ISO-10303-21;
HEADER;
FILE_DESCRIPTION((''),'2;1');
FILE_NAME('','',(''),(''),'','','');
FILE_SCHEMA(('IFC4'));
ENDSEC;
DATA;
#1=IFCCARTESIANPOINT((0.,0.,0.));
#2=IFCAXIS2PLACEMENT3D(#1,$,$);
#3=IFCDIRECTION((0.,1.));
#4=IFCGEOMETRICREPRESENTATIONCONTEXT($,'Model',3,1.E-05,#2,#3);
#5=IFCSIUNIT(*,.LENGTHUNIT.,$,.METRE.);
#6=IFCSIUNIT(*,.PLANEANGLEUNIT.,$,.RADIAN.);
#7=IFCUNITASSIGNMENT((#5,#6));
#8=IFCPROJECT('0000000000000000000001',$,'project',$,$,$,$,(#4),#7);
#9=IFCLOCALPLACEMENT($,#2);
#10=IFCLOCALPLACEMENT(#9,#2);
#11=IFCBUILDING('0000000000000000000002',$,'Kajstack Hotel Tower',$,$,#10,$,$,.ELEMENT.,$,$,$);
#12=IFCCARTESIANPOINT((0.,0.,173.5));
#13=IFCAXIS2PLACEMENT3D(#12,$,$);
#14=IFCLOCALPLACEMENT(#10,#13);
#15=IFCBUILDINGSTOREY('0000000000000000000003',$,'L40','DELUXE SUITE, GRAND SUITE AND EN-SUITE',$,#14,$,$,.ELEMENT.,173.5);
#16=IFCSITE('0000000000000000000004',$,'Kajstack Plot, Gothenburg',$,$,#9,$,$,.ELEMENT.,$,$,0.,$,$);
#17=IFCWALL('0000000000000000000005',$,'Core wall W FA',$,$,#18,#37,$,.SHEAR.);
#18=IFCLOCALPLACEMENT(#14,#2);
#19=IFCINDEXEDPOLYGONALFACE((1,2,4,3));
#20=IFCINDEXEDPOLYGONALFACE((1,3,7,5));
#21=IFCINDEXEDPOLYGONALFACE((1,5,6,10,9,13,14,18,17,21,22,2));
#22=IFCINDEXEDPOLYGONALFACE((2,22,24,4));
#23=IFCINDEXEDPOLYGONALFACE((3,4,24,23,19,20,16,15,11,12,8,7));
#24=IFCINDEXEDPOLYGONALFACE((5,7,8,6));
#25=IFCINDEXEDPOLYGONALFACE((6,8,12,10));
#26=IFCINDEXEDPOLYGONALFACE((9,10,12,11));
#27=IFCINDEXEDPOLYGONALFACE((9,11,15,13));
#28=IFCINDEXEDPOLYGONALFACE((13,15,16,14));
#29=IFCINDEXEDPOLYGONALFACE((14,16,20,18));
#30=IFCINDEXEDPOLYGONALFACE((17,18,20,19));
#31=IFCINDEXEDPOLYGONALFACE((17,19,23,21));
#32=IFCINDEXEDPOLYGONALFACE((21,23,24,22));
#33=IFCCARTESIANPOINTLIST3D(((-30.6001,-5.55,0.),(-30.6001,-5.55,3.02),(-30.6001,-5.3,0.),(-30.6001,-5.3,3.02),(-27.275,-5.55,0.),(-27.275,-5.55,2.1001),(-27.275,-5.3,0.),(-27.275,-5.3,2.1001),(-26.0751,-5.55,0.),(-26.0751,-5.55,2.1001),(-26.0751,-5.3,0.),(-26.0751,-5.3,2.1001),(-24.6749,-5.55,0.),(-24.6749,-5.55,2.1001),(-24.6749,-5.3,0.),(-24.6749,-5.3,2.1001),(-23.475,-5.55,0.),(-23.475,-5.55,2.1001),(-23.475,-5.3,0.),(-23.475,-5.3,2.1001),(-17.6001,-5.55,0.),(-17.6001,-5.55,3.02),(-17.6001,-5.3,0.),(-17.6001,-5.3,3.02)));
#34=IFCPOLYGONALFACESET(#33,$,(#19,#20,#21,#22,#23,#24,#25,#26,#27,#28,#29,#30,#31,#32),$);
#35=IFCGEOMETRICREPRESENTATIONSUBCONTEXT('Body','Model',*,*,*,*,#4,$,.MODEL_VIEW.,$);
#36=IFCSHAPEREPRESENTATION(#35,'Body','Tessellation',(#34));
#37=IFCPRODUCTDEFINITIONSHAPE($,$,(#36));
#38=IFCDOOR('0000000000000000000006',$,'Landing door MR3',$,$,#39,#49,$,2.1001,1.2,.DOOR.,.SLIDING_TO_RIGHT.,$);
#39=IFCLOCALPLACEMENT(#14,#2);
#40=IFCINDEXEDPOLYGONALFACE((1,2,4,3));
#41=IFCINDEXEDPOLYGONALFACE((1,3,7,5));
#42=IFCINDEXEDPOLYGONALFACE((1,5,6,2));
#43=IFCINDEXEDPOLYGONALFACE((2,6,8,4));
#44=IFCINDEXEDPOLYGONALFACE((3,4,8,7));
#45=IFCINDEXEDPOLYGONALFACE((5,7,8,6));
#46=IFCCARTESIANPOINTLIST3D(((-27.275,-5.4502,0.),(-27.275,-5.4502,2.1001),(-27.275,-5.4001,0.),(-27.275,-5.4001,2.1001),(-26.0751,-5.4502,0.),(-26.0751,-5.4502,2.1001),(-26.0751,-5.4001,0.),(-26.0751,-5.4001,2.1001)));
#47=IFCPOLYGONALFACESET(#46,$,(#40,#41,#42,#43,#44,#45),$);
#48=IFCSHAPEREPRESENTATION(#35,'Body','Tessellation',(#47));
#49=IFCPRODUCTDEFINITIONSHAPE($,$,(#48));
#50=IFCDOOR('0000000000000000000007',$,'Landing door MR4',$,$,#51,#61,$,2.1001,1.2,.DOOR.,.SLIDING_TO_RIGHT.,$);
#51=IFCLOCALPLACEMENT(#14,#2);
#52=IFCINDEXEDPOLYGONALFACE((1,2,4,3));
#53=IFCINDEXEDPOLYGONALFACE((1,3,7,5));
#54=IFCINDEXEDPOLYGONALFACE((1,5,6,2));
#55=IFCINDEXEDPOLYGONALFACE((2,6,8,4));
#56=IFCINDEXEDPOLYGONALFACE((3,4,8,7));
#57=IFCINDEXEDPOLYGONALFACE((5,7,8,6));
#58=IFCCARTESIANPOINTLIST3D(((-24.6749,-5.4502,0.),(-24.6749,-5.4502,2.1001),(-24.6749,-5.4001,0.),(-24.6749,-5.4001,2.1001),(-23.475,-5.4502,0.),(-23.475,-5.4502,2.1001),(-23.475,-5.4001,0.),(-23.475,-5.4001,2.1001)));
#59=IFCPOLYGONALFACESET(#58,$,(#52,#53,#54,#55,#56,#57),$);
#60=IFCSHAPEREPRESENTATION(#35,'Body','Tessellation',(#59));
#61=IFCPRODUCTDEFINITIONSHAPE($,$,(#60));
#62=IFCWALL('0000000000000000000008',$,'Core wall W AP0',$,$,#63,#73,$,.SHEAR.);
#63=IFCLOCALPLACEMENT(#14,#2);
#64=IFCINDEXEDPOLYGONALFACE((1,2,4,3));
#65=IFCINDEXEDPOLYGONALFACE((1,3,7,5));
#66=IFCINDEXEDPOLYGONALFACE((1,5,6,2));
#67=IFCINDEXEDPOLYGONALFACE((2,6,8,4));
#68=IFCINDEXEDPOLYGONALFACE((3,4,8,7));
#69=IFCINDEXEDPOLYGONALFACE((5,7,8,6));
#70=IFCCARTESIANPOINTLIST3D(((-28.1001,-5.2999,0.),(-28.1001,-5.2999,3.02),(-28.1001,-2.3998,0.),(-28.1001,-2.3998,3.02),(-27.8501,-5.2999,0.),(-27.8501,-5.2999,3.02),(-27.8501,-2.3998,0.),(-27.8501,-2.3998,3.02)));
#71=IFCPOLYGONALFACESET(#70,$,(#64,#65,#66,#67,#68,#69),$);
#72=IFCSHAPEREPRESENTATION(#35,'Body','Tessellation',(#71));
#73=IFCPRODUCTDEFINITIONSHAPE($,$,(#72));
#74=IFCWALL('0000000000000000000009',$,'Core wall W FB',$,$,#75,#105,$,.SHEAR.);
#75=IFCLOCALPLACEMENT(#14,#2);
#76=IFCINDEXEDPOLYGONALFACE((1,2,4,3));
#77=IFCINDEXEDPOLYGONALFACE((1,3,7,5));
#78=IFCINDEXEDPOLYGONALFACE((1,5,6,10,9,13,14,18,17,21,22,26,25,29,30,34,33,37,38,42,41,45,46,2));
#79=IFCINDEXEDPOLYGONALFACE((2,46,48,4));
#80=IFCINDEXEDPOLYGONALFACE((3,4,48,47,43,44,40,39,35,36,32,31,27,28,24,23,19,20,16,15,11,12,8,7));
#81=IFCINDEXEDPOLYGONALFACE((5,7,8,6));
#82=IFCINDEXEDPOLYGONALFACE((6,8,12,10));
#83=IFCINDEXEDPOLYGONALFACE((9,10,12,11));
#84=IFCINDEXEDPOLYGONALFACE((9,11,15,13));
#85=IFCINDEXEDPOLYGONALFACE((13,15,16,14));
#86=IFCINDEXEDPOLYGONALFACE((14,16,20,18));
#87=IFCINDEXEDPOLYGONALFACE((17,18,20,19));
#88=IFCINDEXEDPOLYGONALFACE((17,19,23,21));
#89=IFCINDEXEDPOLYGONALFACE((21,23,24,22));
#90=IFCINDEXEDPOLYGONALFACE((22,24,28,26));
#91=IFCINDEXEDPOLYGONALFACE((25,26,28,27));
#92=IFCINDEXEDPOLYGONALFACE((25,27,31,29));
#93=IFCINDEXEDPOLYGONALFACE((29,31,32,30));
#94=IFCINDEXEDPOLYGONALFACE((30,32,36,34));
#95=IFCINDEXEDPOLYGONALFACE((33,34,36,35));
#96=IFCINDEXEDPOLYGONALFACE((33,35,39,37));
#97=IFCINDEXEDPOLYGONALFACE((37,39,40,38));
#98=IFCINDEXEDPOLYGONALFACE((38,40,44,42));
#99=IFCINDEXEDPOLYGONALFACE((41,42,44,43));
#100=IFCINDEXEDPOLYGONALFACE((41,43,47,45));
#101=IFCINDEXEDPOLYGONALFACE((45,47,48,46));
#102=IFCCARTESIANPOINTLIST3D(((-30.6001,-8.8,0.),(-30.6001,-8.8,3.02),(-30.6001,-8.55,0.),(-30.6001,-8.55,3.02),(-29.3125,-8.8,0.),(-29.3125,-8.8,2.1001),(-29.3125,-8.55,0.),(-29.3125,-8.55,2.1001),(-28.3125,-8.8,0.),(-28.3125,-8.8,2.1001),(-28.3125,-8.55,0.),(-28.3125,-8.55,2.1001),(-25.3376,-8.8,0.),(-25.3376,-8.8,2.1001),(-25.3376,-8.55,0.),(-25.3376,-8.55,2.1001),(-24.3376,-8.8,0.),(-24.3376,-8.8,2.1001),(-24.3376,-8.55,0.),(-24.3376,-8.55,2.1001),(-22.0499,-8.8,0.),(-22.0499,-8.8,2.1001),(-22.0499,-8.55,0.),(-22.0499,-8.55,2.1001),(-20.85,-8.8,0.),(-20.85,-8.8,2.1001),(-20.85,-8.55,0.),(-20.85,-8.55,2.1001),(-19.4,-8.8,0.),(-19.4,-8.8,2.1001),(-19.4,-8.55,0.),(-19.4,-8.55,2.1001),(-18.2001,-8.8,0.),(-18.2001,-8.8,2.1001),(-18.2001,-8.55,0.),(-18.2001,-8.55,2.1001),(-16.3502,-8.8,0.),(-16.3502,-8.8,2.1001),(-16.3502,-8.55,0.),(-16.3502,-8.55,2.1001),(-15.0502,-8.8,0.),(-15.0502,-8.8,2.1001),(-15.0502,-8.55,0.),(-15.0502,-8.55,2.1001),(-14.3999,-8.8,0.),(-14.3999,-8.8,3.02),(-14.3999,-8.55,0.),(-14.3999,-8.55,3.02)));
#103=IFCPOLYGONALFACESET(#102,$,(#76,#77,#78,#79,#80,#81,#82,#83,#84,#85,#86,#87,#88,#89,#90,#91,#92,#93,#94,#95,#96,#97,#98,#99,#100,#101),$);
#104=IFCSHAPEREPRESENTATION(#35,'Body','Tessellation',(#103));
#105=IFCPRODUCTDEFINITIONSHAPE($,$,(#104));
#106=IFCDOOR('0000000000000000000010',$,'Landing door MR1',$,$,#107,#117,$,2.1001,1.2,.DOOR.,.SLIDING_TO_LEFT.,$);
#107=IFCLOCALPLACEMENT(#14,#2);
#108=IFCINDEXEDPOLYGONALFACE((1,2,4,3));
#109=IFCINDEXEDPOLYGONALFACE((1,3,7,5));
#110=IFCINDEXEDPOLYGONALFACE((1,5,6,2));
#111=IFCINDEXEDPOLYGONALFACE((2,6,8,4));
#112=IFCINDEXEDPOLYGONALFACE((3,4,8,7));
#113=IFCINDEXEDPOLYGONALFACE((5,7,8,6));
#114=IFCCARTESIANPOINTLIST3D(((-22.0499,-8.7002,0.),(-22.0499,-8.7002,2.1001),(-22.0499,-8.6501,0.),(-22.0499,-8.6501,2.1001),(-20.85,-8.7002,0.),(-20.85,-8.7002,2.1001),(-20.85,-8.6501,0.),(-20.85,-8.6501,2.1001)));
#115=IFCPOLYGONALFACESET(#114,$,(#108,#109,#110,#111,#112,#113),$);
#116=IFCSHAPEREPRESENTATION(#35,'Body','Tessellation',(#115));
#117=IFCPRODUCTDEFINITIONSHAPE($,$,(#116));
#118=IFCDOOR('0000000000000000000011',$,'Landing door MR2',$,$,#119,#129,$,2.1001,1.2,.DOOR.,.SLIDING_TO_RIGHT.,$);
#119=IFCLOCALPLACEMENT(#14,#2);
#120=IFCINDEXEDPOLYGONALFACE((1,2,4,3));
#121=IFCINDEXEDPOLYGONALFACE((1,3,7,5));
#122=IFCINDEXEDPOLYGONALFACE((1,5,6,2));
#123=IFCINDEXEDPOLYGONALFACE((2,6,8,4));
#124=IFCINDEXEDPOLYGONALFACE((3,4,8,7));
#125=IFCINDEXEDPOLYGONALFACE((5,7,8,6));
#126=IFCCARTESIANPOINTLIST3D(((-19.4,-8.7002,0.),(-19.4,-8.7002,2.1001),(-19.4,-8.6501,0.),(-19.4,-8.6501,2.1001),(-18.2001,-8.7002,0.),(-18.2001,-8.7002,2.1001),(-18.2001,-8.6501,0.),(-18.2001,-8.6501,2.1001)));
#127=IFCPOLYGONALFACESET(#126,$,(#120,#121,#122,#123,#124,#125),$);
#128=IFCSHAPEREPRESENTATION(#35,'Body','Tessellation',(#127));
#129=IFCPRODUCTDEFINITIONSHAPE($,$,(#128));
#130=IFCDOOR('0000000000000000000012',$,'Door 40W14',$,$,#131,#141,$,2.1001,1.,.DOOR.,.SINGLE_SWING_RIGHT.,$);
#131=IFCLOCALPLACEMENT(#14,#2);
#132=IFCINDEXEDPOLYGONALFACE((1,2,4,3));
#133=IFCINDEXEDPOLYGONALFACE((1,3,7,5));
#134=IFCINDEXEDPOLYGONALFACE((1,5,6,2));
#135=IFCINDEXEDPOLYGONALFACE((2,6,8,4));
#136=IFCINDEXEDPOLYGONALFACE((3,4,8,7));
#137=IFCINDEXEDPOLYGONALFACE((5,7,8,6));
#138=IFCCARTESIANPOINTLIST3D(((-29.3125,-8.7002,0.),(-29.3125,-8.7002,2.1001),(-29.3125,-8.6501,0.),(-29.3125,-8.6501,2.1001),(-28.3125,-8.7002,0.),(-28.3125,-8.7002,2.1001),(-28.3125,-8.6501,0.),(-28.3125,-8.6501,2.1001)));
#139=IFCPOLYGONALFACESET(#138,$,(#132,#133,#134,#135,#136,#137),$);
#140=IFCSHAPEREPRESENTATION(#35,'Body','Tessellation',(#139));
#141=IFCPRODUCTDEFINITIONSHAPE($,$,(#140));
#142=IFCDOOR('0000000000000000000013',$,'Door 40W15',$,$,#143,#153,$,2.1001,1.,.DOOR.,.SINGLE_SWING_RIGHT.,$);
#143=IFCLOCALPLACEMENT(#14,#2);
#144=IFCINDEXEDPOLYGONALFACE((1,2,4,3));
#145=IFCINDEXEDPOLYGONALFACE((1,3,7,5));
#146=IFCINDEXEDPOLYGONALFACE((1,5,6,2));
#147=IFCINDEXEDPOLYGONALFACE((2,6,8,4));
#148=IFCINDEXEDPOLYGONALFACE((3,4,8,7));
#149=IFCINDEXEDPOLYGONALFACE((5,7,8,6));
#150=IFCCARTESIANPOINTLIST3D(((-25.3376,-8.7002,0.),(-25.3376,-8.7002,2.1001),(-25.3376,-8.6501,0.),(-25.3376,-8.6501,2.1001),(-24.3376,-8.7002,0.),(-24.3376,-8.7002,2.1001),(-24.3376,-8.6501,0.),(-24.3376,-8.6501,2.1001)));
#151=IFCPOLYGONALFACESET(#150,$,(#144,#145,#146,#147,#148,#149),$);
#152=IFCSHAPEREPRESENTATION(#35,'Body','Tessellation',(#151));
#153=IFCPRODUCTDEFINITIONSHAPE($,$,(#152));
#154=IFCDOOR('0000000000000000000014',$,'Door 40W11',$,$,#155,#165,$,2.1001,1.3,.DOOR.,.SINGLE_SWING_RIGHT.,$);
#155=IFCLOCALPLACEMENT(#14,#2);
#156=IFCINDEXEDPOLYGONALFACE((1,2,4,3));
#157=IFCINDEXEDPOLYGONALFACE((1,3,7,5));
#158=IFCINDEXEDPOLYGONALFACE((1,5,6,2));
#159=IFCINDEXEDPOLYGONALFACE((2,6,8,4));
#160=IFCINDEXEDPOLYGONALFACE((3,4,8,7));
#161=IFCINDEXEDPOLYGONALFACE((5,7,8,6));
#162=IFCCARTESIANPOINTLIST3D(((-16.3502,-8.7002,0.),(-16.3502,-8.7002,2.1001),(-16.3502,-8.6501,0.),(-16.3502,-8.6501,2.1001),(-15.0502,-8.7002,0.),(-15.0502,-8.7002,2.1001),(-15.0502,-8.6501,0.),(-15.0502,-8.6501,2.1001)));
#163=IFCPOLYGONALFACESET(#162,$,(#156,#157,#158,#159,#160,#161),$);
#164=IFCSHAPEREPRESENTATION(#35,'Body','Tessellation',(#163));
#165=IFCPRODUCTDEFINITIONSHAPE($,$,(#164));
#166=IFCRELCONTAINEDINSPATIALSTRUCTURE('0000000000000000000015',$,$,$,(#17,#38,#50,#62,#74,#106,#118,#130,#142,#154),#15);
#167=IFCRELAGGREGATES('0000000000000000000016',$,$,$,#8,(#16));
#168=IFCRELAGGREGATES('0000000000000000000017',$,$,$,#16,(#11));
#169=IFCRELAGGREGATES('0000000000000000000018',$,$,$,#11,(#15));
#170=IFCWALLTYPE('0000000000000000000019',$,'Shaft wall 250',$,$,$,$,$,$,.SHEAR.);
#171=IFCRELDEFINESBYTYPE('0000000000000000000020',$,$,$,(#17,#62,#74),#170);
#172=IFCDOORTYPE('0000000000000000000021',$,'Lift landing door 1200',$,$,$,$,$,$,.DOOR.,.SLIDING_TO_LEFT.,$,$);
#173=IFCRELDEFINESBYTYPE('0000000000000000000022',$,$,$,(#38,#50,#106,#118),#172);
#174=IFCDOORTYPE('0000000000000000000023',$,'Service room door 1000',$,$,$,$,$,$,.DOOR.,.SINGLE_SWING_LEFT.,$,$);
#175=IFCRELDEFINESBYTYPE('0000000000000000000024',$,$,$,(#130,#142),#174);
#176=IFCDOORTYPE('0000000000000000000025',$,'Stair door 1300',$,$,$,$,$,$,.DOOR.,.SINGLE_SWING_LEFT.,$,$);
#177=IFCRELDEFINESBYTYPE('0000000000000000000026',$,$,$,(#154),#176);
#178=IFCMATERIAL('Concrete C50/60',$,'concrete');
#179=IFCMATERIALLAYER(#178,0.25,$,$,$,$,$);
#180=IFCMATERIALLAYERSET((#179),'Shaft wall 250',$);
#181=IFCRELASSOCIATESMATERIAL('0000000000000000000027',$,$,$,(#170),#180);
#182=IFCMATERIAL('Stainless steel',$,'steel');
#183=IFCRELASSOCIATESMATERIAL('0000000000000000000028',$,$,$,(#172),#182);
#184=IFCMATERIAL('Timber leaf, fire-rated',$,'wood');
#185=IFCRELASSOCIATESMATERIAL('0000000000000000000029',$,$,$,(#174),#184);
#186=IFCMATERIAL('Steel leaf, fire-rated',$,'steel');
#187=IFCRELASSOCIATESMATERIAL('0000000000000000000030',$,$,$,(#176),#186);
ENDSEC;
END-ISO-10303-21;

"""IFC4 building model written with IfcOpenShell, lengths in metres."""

from ifc_helpers import new_model, si_unit, direction, frame, frame_2d, origin, place, context, subcontext, project, spatial, rectangle, extrude, material, layer, layer_set, type_object, element, fill, save


model = new_model("IFC4")

# Units and contexts
model_context = context("Model", 3, precision=1e-05, world=origin(), true_north=direction((0.0, 1.0)))
body_context = subcontext(model_context, "Body", "Model", "MODEL_VIEW")
ifc_project = project(units=[si_unit("LENGTHUNIT", "METRE"), si_unit("PLANEANGLEUNIT", "RADIAN")], contexts=[model_context])

# Site, building, storey
site_placement = place(None, origin())
site = spatial("IfcSite", under=ifc_project, at=site_placement, Name="Kajstack Plot, Gothenburg", CompositionType="ELEMENT", RefElevation=0.0)
building_placement = place(site_placement, origin())
building = spatial("IfcBuilding", under=site, at=building_placement, Name="Kajstack Hotel Tower", CompositionType="ELEMENT")
storey_placement = place(building_placement, frame((0.0, 0.0, 173.5)))
storey = spatial("IfcBuildingStorey", under=building, at=storey_placement, Name="L40", Description="DELUXE SUITE, GRAND SUITE AND EN-SUITE", CompositionType="ELEMENT", Elevation=173.5)

# Wall, openings, doors
ifc_material_1 = material(Name="Concrete C50/60", Category="concrete")
ifc_layer_1 = layer(ifc_material_1, 0.25)
ifc_layer_set_1 = layer_set([ifc_layer_1], Name="Shaft wall 250")
wall_type_1 = type_object("IfcWallType", Name="Shaft wall 250", PredefinedType="SHEAR", material=ifc_layer_set_1)
wall_1_placement = place(storey_placement, frame((-30.6001, -5.425, 0.0), z_axis=(0.0, 0.0, 1.0), x_axis=(1.0, 0.0, 0.0)))
wall_1 = element("IfcWall", 1, at=wall_1_placement, inside=storey, type_object=wall_type_1, Name="Core wall W FA", PredefinedType="SHEAR", context=body_context, shape_type="SweptSolid", body=[
    extrude(rectangle(XDim=13.0, YDim=0.25, at=frame_2d((6.5, 0.0))), origin(), (0.0, 0.0, 1.0), 3.02),
])
opening_1_placement = place(wall_1_placement, frame((3.325, 0.0, 0.0)))
opening_1 = element("IfcOpeningElement", 2, at=opening_1_placement, cuts=wall_1, PredefinedType="OPENING", context=body_context, shape_type="SweptSolid", body=[
    extrude(rectangle(XDim=1.2, YDim=2.1001, at=frame_2d((0.6001, 1.05))), frame((0.0, 0.135, 0.0), z_axis=(0.0, -1.0, 0.0), x_axis=(1.0, 0.0, 0.0)), (0.0, 0.0, 1.0), 0.27),
])
opening_2_placement = place(wall_1_placement, frame((5.925, 0.0, 0.0)))
opening_2 = element("IfcOpeningElement", 3, at=opening_2_placement, cuts=wall_1, PredefinedType="OPENING", context=body_context, shape_type="SweptSolid", body=[
    extrude(rectangle(XDim=1.2, YDim=2.1001, at=frame_2d((0.6001, 1.05))), frame((0.0, 0.135, 0.0), z_axis=(0.0, -1.0, 0.0), x_axis=(1.0, 0.0, 0.0)), (0.0, 0.0, 1.0), 0.27),
])
ifc_material_2 = material(Name="Stainless steel", Category="steel")
door_type_1 = type_object("IfcDoorType", Name="Lift landing door 1200", OperationType="SLIDING_TO_LEFT", PredefinedType="DOOR", material=ifc_material_2)
door_1_placement = place(opening_1_placement, origin())
door_1 = element("IfcDoor", 4, at=door_1_placement, inside=storey, type_object=door_type_1, Name="Landing door MR3", OperationType="SLIDING_TO_RIGHT", OverallHeight=2.1001, OverallWidth=1.2, PredefinedType="DOOR", context=body_context, shape_type="SweptSolid", body=[
    extrude(rectangle(XDim=1.2, YDim=2.1001, at=frame_2d((0.6001, 1.05))), frame((0.0, 0.0249, 0.0), z_axis=(0.0, -1.0, 0.0), x_axis=(1.0, 0.0, 0.0)), (0.0, 0.0, 1.0), 0.05),
])
fill(opening_1, door_1)
door_2_placement = place(opening_2_placement, origin())
door_2 = element("IfcDoor", 5, at=door_2_placement, inside=storey, type_object=door_type_1, Name="Landing door MR4", OperationType="SLIDING_TO_RIGHT", OverallHeight=2.1001, OverallWidth=1.2, PredefinedType="DOOR", context=body_context, shape_type="SweptSolid", body=[
    extrude(rectangle(XDim=1.2, YDim=2.1001, at=frame_2d((0.6001, 1.05))), frame((0.0, 0.0249, 0.0), z_axis=(0.0, -1.0, 0.0), x_axis=(1.0, 0.0, 0.0)), (0.0, 0.0, 1.0), 0.05),
])
fill(opening_2, door_2)

# Wall
wall_2_placement = place(storey_placement, frame((-27.9751, -5.3, 0.0), z_axis=(0.0, 0.0, 1.0), x_axis=(0.0, 1.0, 0.0)))
element("IfcWall", 6, at=wall_2_placement, inside=storey, type_object=wall_type_1, Name="Core wall W AP0", PredefinedType="SHEAR", context=body_context, shape_type="SweptSolid", body=[
    extrude(rectangle(XDim=2.9001, YDim=0.25, at=frame_2d((1.4502, 0.0))), origin(), (0.0, 0.0, 1.0), 3.02),
])

# Wall, openings, doors
wall_3_placement = place(storey_placement, frame((-30.6001, -8.675, 0.0), z_axis=(0.0, 0.0, 1.0), x_axis=(1.0, 0.0, 0.0)))
wall_3 = element("IfcWall", 7, at=wall_3_placement, inside=storey, type_object=wall_type_1, Name="Core wall W FB", PredefinedType="SHEAR", context=body_context, shape_type="SweptSolid", body=[
    extrude(rectangle(XDim=16.2002, YDim=0.25, at=frame_2d((8.1001, 0.0))), origin(), (0.0, 0.0, 1.0), 3.02),
])
opening_3_placement = place(wall_3_placement, frame((8.55, 0.0, 0.0)))
opening_3 = element("IfcOpeningElement", 8, at=opening_3_placement, cuts=wall_3, PredefinedType="OPENING", context=body_context, shape_type="SweptSolid", body=[
    extrude(rectangle(XDim=1.2, YDim=2.1001, at=frame_2d((0.6001, 1.05))), frame((0.0, 0.135, 0.0), z_axis=(0.0, -1.0, 0.0), x_axis=(1.0, 0.0, 0.0)), (0.0, 0.0, 1.0), 0.27),
])
opening_4_placement = place(wall_3_placement, frame((11.2, 0.0, 0.0)))
opening_4 = element("IfcOpeningElement", 9, at=opening_4_placement, cuts=wall_3, PredefinedType="OPENING", context=body_context, shape_type="SweptSolid", body=[
    extrude(rectangle(XDim=1.2, YDim=2.1001, at=frame_2d((0.6001, 1.05))), frame((0.0, 0.135, 0.0), z_axis=(0.0, -1.0, 0.0), x_axis=(1.0, 0.0, 0.0)), (0.0, 0.0, 1.0), 0.27),
])
opening_5_placement = place(wall_3_placement, frame((14.25, 0.0, 0.0)))
opening_5 = element("IfcOpeningElement", 10, at=opening_5_placement, cuts=wall_3, PredefinedType="OPENING", context=body_context, shape_type="SweptSolid", body=[
    extrude(rectangle(XDim=1.3, YDim=2.1001, at=frame_2d((0.6499, 1.05))), frame((0.0, 0.135, 0.0), z_axis=(0.0, -1.0, 0.0), x_axis=(1.0, 0.0, 0.0)), (0.0, 0.0, 1.0), 0.27),
])
opening_6_placement = place(wall_3_placement, frame((1.2876, 0.0, 0.0)))
opening_6 = element("IfcOpeningElement", 11, at=opening_6_placement, cuts=wall_3, PredefinedType="OPENING", context=body_context, shape_type="SweptSolid", body=[
    extrude(rectangle(XDim=1.0, YDim=2.1001, at=frame_2d((0.5, 1.05))), frame((0.0, 0.135, 0.0), z_axis=(0.0, -1.0, 0.0), x_axis=(1.0, 0.0, 0.0)), (0.0, 0.0, 1.0), 0.27),
])
opening_7_placement = place(wall_3_placement, frame((5.2625, 0.0, 0.0)))
opening_7 = element("IfcOpeningElement", 12, at=opening_7_placement, cuts=wall_3, PredefinedType="OPENING", context=body_context, shape_type="SweptSolid", body=[
    extrude(rectangle(XDim=1.0, YDim=2.1001, at=frame_2d((0.5, 1.05))), frame((0.0, 0.135, 0.0), z_axis=(0.0, -1.0, 0.0), x_axis=(1.0, 0.0, 0.0)), (0.0, 0.0, 1.0), 0.27),
])
door_3_placement = place(opening_3_placement, origin())
door_3 = element("IfcDoor", 13, at=door_3_placement, inside=storey, type_object=door_type_1, Name="Landing door MR1", OperationType="SLIDING_TO_LEFT", OverallHeight=2.1001, OverallWidth=1.2, PredefinedType="DOOR", context=body_context, shape_type="SweptSolid", body=[
    extrude(rectangle(XDim=1.2, YDim=2.1001, at=frame_2d((0.6001, 1.05))), frame((0.0, 0.0249, 0.0), z_axis=(0.0, -1.0, 0.0), x_axis=(1.0, 0.0, 0.0)), (0.0, 0.0, 1.0), 0.05),
])
fill(opening_3, door_3)
door_4_placement = place(opening_4_placement, origin())
door_4 = element("IfcDoor", 14, at=door_4_placement, inside=storey, type_object=door_type_1, Name="Landing door MR2", OperationType="SLIDING_TO_RIGHT", OverallHeight=2.1001, OverallWidth=1.2, PredefinedType="DOOR", context=body_context, shape_type="SweptSolid", body=[
    extrude(rectangle(XDim=1.2, YDim=2.1001, at=frame_2d((0.6001, 1.05))), frame((0.0, 0.0249, 0.0), z_axis=(0.0, -1.0, 0.0), x_axis=(1.0, 0.0, 0.0)), (0.0, 0.0, 1.0), 0.05),
])
fill(opening_4, door_4)
ifc_material_3 = material(Name="Timber leaf, fire-rated", Category="wood")
door_type_2 = type_object("IfcDoorType", Name="Service room door 1000", OperationType="SINGLE_SWING_LEFT", PredefinedType="DOOR", material=ifc_material_3)
door_5_placement = place(opening_6_placement, origin())
door_5 = element("IfcDoor", 15, at=door_5_placement, inside=storey, type_object=door_type_2, Name="Door 40W14", OperationType="SINGLE_SWING_RIGHT", OverallHeight=2.1001, OverallWidth=1.0, PredefinedType="DOOR", context=body_context, shape_type="SweptSolid", body=[
    extrude(rectangle(XDim=1.0, YDim=2.1001, at=frame_2d((0.5, 1.05))), frame((0.0, 0.0249, 0.0), z_axis=(0.0, -1.0, 0.0), x_axis=(1.0, 0.0, 0.0)), (0.0, 0.0, 1.0), 0.05),
])
fill(opening_6, door_5)
door_6_placement = place(opening_7_placement, origin())
door_6 = element("IfcDoor", 16, at=door_6_placement, inside=storey, type_object=door_type_2, Name="Door 40W15", OperationType="SINGLE_SWING_RIGHT", OverallHeight=2.1001, OverallWidth=1.0, PredefinedType="DOOR", context=body_context, shape_type="SweptSolid", body=[
    extrude(rectangle(XDim=1.0, YDim=2.1001, at=frame_2d((0.5, 1.05))), frame((0.0, 0.0249, 0.0), z_axis=(0.0, -1.0, 0.0), x_axis=(1.0, 0.0, 0.0)), (0.0, 0.0, 1.0), 0.05),
])
fill(opening_7, door_6)
ifc_material_4 = material(Name="Steel leaf, fire-rated", Category="steel")
door_type_3 = type_object("IfcDoorType", Name="Stair door 1300", OperationType="SINGLE_SWING_LEFT", PredefinedType="DOOR", material=ifc_material_4)
door_7_placement = place(opening_5_placement, origin())
door_7 = element("IfcDoor", 17, at=door_7_placement, inside=storey, type_object=door_type_3, Name="Door 40W11", OperationType="SINGLE_SWING_RIGHT", OverallHeight=2.1001, OverallWidth=1.3, PredefinedType="DOOR", context=body_context, shape_type="SweptSolid", body=[
    extrude(rectangle(XDim=1.3, YDim=2.1001, at=frame_2d((0.6499, 1.05))), frame((0.0, 0.0249, 0.0), z_axis=(0.0, -1.0, 0.0), x_axis=(1.0, 0.0, 0.0)), (0.0, 0.0, 1.0), 0.05),
])
fill(opening_5, door_7)

save(model, "model.ifc")
